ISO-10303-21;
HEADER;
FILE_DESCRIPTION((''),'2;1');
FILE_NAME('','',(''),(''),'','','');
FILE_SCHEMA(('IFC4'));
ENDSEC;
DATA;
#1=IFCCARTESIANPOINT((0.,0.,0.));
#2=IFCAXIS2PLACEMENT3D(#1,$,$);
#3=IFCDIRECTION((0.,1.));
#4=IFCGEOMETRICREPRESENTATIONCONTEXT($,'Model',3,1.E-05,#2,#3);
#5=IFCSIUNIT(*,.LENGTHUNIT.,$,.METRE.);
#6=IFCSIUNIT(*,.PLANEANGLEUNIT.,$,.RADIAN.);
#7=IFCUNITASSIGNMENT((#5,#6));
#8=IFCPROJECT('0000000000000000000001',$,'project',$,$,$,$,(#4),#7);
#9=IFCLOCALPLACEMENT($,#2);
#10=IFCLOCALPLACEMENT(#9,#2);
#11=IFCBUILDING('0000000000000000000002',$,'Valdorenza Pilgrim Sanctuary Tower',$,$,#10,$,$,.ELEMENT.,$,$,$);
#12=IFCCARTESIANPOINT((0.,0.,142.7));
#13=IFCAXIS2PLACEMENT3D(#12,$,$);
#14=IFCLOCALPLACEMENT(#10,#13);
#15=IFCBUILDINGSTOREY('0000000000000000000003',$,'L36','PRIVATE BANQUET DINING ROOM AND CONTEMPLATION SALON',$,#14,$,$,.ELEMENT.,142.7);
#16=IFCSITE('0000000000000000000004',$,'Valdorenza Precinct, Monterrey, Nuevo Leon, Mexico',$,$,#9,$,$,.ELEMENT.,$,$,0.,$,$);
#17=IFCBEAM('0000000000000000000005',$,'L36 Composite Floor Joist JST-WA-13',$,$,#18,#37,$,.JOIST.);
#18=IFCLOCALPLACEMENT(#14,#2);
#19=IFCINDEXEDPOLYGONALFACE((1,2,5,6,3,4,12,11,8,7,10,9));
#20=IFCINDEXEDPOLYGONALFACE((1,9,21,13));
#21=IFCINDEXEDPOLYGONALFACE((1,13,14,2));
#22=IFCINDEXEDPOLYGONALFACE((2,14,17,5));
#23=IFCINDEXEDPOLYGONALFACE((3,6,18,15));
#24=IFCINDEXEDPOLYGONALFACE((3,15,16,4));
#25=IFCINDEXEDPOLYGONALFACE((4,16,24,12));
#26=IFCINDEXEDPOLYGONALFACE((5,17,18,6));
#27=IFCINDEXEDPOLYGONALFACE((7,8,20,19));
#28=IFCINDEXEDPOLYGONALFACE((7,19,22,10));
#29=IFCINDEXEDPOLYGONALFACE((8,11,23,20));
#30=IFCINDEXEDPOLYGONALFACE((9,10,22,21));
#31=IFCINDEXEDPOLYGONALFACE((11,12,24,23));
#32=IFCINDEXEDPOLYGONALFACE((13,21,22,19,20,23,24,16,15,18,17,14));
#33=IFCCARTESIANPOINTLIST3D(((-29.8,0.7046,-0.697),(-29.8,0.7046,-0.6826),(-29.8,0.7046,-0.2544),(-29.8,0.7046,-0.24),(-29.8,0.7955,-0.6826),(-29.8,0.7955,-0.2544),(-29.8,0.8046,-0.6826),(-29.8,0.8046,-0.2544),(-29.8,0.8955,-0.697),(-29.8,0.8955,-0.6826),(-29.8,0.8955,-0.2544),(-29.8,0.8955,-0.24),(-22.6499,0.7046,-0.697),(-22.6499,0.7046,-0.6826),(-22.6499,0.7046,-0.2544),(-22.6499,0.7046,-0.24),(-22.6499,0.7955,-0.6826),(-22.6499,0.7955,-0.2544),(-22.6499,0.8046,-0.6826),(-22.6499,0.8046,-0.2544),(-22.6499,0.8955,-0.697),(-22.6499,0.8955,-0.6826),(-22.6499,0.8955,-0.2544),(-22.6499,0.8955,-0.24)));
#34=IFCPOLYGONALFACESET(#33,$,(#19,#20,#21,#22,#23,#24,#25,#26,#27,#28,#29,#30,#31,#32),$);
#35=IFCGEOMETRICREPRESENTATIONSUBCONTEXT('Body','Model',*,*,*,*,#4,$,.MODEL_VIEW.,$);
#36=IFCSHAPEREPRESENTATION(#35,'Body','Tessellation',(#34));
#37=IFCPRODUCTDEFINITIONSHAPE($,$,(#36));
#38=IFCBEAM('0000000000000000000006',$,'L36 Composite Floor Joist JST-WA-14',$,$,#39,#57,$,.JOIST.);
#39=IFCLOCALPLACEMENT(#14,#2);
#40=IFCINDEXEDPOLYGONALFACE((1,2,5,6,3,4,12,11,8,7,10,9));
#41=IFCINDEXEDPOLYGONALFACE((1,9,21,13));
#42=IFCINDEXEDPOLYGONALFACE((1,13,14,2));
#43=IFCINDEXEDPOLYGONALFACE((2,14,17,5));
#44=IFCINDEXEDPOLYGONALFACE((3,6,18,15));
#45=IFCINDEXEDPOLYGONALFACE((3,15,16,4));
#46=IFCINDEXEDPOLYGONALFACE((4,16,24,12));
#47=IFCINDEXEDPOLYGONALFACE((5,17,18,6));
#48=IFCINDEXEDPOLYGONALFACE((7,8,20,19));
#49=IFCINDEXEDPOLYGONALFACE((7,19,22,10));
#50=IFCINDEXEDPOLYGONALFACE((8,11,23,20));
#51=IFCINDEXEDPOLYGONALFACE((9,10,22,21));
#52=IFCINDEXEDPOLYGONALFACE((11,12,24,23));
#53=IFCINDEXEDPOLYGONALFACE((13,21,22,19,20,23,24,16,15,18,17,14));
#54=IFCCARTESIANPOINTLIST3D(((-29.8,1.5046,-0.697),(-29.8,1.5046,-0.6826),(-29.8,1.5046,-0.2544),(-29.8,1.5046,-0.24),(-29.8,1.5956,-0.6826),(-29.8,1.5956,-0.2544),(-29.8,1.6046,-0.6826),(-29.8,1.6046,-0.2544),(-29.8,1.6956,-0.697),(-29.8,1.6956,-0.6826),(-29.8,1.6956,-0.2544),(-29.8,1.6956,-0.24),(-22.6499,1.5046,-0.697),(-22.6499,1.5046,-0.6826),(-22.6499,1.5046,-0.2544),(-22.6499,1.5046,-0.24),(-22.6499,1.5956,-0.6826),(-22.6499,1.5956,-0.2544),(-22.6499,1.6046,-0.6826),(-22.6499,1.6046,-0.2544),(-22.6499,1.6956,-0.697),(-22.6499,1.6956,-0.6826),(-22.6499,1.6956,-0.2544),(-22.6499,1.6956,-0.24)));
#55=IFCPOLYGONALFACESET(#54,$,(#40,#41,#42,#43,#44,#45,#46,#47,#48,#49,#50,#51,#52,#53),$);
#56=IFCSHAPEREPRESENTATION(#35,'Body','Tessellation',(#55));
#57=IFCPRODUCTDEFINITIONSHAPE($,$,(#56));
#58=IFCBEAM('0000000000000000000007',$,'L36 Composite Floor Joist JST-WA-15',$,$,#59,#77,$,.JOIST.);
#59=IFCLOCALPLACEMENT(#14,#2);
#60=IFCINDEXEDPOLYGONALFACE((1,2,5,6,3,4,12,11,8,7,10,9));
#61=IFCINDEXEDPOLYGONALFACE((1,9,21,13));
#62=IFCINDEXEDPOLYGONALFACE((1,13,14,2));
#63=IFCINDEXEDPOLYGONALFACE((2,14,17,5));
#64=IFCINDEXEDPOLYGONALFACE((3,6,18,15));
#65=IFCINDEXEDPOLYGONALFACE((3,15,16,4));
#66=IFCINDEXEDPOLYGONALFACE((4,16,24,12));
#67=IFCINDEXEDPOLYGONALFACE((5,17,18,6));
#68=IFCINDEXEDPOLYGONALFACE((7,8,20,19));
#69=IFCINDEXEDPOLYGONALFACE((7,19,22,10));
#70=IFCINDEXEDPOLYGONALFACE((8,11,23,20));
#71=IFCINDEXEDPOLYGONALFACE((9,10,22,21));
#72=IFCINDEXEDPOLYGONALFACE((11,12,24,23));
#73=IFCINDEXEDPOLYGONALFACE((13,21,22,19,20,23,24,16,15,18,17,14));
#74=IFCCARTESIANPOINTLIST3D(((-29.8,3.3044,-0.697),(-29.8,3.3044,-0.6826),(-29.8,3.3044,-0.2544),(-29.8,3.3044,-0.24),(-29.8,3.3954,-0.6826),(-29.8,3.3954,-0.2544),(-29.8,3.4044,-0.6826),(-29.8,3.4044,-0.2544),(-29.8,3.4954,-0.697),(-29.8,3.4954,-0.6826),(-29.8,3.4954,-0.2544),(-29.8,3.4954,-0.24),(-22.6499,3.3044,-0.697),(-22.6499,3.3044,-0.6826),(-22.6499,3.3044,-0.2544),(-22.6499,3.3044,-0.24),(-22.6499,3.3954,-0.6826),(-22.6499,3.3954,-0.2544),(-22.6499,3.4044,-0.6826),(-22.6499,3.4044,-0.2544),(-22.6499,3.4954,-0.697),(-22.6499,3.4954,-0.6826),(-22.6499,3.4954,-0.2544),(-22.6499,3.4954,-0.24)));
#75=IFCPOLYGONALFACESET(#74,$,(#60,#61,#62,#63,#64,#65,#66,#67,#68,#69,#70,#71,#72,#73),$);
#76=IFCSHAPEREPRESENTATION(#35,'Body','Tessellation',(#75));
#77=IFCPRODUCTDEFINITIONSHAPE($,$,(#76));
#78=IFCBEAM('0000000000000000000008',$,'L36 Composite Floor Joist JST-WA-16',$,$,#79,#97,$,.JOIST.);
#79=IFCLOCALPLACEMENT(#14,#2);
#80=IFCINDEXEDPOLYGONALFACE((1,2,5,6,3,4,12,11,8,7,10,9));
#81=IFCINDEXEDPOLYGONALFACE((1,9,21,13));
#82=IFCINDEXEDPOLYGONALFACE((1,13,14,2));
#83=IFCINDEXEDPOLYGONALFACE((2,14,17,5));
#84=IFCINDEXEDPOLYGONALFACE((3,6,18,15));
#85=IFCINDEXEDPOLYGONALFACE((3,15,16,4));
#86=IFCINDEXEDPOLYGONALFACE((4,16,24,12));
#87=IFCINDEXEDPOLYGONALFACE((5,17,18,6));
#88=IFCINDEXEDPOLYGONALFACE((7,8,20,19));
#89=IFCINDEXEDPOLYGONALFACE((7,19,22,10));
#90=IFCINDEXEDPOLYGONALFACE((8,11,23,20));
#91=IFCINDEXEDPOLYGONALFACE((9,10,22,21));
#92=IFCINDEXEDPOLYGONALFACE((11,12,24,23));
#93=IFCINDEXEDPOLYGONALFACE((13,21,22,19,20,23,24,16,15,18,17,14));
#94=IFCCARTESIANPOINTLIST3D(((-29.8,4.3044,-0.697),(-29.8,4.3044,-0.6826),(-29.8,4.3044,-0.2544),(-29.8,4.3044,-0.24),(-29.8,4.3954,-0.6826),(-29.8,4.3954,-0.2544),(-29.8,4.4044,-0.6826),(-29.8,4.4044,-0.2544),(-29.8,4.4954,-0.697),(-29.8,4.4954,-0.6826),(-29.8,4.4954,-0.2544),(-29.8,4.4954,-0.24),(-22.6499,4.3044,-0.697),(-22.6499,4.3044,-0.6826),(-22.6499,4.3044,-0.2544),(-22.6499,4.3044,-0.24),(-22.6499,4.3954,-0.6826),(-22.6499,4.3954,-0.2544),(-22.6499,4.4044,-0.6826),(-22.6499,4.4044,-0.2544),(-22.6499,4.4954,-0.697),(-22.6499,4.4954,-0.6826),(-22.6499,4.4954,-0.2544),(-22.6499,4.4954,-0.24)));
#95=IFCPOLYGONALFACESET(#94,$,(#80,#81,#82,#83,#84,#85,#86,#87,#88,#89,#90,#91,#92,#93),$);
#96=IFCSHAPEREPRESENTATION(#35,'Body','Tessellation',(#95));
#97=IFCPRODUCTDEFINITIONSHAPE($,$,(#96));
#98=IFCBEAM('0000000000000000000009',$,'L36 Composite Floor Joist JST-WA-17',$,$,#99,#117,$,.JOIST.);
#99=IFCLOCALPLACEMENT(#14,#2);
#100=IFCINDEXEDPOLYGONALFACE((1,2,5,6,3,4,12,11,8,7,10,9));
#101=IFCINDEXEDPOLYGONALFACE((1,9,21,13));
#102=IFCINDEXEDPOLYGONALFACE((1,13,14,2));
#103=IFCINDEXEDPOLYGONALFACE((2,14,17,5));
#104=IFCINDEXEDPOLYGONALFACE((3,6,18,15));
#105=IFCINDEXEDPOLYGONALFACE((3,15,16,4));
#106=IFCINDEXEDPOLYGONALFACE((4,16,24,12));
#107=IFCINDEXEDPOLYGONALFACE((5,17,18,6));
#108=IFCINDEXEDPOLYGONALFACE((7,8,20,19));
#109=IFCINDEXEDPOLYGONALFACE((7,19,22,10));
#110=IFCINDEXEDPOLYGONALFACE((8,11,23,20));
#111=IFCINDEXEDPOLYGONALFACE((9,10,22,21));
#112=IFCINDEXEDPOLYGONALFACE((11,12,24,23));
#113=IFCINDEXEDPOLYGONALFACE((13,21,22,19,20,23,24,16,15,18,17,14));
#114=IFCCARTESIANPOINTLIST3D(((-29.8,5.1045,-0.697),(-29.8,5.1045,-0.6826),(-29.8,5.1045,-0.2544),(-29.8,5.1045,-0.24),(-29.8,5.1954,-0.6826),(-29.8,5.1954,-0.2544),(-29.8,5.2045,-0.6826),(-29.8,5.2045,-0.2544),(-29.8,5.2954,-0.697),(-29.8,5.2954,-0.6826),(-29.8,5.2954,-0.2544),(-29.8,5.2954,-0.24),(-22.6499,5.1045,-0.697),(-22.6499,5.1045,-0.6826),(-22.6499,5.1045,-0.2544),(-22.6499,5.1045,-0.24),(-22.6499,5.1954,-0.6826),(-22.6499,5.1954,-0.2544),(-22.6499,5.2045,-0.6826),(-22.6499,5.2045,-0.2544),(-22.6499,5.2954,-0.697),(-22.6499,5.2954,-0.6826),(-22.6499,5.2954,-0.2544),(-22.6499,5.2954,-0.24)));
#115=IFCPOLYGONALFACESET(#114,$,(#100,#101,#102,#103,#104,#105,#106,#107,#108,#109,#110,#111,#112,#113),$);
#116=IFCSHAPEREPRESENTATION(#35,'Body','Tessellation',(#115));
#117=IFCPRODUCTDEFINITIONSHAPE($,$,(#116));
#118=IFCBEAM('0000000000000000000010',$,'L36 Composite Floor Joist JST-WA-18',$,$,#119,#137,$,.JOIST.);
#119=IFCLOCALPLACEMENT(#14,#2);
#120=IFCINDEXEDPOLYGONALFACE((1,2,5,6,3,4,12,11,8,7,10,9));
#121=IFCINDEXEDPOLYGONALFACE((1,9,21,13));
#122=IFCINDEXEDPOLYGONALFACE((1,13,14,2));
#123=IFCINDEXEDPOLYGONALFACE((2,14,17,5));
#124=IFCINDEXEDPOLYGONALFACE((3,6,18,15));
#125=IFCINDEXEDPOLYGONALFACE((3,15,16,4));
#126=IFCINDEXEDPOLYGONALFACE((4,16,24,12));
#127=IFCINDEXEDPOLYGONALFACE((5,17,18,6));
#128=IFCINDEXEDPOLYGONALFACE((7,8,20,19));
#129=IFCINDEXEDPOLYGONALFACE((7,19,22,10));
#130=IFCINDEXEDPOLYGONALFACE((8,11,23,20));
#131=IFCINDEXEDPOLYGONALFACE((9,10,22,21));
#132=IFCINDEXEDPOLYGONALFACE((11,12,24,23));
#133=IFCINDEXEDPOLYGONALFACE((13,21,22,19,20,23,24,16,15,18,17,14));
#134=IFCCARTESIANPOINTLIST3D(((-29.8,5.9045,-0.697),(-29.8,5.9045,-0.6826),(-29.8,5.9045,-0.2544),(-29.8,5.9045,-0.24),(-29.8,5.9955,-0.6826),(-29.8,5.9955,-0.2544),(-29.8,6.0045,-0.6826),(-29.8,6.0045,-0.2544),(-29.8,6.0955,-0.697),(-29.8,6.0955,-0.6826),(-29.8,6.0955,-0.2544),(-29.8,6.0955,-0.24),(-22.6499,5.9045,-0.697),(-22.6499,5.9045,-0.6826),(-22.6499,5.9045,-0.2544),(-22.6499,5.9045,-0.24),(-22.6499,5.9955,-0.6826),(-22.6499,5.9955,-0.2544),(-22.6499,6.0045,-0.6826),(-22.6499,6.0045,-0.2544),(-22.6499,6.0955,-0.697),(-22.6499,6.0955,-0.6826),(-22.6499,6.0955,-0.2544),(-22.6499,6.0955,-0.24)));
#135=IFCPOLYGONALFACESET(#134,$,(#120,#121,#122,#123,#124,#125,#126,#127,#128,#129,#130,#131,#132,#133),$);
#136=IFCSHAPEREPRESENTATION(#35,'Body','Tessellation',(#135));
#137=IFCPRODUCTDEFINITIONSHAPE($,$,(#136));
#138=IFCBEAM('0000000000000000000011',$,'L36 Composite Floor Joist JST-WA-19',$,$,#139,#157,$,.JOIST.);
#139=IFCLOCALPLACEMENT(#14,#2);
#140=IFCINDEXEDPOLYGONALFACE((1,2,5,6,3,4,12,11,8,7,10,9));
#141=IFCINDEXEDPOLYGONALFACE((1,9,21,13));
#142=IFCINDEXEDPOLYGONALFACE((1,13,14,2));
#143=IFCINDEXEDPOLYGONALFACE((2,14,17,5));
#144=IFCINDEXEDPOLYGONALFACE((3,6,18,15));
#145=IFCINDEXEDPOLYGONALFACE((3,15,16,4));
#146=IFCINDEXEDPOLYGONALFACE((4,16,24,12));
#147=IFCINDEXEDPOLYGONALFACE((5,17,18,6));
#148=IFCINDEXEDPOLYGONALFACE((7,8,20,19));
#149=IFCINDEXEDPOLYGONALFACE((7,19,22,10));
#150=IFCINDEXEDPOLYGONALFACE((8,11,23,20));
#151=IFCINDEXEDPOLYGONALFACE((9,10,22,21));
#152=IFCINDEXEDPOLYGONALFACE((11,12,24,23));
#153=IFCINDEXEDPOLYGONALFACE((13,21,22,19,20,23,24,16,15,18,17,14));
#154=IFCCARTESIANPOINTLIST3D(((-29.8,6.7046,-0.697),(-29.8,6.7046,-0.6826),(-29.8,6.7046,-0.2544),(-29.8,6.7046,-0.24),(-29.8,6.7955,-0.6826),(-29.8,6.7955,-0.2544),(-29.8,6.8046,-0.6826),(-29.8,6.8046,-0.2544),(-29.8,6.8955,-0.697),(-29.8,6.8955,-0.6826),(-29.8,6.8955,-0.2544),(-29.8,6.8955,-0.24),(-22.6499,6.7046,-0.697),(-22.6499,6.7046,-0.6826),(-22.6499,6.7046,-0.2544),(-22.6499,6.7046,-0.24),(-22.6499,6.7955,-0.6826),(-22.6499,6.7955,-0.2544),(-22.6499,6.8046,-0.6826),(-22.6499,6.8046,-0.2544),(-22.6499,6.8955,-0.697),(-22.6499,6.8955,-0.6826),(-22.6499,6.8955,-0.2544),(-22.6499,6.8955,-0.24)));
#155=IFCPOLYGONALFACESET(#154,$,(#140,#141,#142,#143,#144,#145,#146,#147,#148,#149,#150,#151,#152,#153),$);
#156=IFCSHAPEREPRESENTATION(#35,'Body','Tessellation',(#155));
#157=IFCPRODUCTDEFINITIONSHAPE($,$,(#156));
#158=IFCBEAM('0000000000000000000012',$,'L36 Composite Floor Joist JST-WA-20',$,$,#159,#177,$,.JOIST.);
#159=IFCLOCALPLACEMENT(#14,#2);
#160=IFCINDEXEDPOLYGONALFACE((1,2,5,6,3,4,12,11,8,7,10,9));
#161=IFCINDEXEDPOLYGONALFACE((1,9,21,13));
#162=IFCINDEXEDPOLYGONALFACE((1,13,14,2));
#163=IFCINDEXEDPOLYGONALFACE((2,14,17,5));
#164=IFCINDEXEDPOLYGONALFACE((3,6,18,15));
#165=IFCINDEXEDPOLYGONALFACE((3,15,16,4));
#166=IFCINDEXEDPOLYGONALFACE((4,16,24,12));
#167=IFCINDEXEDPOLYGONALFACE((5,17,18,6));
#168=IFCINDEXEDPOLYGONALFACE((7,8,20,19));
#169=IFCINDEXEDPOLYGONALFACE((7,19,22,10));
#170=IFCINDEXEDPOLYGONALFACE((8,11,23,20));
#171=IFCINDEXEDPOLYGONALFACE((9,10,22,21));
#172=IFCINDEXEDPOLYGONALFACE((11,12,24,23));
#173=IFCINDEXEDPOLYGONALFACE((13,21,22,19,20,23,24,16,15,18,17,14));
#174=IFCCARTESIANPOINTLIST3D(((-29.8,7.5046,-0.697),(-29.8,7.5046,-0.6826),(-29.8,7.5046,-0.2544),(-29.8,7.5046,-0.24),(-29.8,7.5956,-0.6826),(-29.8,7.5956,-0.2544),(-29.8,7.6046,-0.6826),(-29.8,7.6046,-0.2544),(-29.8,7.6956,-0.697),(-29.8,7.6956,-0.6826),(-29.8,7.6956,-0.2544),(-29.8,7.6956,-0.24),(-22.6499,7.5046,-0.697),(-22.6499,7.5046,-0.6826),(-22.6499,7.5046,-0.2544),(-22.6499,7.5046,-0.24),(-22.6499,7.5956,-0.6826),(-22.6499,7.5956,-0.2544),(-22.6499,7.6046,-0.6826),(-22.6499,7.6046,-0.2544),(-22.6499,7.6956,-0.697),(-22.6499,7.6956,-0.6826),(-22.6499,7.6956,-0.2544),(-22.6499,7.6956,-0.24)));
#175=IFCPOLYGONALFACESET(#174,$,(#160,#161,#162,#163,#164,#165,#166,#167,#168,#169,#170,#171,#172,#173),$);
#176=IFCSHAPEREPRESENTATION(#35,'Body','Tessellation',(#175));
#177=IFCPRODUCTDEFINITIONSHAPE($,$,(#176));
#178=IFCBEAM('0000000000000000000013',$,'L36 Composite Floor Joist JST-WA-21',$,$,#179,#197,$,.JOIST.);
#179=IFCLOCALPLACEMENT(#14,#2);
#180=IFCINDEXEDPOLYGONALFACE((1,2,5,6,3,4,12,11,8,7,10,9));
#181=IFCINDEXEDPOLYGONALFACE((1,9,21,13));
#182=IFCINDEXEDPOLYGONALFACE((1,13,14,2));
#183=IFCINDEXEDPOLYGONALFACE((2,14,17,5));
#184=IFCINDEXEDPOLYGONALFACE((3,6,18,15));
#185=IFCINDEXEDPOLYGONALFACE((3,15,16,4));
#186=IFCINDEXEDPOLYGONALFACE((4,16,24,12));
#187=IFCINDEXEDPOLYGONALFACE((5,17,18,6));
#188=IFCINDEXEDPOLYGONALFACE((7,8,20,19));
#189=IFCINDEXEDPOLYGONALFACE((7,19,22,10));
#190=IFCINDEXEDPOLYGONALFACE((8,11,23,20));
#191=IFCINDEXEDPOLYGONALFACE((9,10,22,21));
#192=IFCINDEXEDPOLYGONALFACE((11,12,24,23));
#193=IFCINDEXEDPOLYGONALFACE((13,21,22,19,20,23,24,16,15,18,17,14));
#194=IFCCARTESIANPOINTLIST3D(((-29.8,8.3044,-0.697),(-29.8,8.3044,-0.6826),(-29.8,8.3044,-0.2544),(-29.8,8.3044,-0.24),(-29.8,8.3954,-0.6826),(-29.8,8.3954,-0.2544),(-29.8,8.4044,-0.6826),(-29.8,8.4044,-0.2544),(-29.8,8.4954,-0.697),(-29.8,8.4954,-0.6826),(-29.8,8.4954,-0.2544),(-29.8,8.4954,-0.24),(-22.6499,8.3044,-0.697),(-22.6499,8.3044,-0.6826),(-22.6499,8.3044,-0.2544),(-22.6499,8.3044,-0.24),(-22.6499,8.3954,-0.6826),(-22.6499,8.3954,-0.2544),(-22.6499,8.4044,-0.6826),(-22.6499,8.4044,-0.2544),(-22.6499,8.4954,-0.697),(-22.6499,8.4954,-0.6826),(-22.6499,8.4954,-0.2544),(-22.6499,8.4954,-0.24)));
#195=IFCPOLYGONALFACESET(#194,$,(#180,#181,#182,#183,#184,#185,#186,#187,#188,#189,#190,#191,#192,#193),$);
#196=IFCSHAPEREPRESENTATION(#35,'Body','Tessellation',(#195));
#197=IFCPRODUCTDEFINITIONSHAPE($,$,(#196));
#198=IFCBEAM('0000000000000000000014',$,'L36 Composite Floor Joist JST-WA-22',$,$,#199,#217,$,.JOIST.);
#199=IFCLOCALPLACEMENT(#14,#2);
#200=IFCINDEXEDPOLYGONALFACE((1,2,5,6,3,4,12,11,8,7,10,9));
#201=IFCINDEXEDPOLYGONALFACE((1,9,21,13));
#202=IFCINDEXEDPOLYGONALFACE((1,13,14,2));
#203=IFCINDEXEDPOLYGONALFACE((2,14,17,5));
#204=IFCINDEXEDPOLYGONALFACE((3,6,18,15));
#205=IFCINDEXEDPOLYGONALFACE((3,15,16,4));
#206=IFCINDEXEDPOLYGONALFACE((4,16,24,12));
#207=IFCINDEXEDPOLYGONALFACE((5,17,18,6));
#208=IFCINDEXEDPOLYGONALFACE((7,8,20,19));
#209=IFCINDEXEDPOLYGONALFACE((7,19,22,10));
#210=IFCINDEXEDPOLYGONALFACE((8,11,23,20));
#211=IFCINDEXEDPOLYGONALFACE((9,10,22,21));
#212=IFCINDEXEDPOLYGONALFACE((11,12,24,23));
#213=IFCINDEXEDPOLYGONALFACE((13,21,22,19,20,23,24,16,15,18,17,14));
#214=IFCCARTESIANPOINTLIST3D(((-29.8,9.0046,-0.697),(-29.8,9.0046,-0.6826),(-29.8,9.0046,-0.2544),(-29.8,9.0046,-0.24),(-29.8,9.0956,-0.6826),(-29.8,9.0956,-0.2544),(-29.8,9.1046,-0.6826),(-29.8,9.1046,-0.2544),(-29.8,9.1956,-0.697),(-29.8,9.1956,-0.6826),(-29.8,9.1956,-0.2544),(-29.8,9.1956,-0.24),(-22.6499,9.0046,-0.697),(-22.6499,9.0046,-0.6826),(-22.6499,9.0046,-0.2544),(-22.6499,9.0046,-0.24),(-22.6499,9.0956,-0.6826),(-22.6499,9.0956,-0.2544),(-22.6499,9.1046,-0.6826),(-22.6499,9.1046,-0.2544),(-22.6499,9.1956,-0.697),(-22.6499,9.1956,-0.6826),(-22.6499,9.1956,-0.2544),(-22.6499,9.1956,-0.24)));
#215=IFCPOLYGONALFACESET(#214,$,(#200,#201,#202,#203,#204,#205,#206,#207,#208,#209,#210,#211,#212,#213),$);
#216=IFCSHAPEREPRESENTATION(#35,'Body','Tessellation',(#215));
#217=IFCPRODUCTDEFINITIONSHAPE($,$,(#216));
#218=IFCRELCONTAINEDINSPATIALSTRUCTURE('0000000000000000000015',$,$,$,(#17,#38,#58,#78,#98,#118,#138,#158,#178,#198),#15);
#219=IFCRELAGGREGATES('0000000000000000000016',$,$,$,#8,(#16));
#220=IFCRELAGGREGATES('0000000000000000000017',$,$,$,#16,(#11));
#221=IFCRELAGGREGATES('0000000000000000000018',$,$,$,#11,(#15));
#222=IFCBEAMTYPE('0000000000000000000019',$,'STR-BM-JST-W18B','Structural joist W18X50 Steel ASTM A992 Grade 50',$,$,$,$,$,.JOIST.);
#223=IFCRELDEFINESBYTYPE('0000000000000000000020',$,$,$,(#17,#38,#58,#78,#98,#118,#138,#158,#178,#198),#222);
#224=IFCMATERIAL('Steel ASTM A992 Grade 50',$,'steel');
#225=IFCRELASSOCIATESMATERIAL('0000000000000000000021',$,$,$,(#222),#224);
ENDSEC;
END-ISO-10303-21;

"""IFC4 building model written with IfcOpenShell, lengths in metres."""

from ifc_helpers import new_model, si_unit, direction, frame, origin, origin_2d, place, context, subcontext, project, spatial, i_section, extrude, source, transform, mapped, material, material_profile, profile_set, type_object, element, save


model = new_model("IFC4")

# Units and contexts
model_context = context("Model", 3, precision=1e-05, world=origin(), true_north=direction((0.0, 1.0)))
body_context = subcontext(model_context, "Body", "Model", "MODEL_VIEW")
ifc_project = project(units=[si_unit("LENGTHUNIT", "METRE"), si_unit("PLANEANGLEUNIT", "RADIAN")], contexts=[model_context])

# Site, building, storey
site_placement = place(None, origin())
site = spatial("IfcSite", under=ifc_project, at=site_placement, Name="Valdorenza Precinct, Monterrey, Nuevo Leon, Mexico", CompositionType="ELEMENT", RefElevation=0.0)
building_placement = place(site_placement, origin())
building = spatial("IfcBuilding", under=site, at=building_placement, Name="Valdorenza Pilgrim Sanctuary Tower", CompositionType="ELEMENT")
storey_placement = place(building_placement, frame((0.0, 0.0, 142.7)))
storey = spatial("IfcBuildingStorey", under=building, at=storey_placement, Name="L36", Description="PRIVATE BANQUET DINING ROOM AND CONTEMPLATION SALON", CompositionType="ELEMENT", Elevation=142.7)

# Beams
ifc_material_1 = material(Name="Steel ASTM A992 Grade 50", Category="steel")
ifc_material_profile_1 = material_profile(ifc_material_1, i_section(OverallWidth=0.1909, OverallDepth=0.457, WebThickness=0.009, FlangeThickness=0.0144, at=origin_2d()), Name="W18X50")
ifc_profile_set_1 = profile_set([ifc_material_profile_1], Name="Steel ASTM A992 Grade 50")
beam_type = type_object("IfcBeamType", Name="STR-BM-JST-W18B", Description="Structural joist W18X50 Steel ASTM A992 Grade 50", PredefinedType="JOIST", material=ifc_profile_set_1)
shared_shape_1 = source(origin(), body_context, "Body", "SweptSolid", [
    extrude(i_section(OverallWidth=0.1909, OverallDepth=0.457, WebThickness=0.009, FlangeThickness=0.0144, at=origin_2d()), origin(), (0.0, 0.0, 1.0), 7.1501),
])
for number, where, z_axis, x_axis, name in (
    (1, (-29.8, 0.8, -0.4685), (1.0, 0.0, 0.0), (0.0, 1.0, 0.0), "L36 Composite Floor Joist JST-WA-13"),
    (2, (-29.8, 1.6001, -0.4685), (1.0, 0.0, 0.0), (0.0, 1.0, 0.0), "L36 Composite Floor Joist JST-WA-14"),
    (3, (-29.8, 3.3999, -0.4685), (1.0, 0.0, 0.0), (0.0, 1.0, 0.0), "L36 Composite Floor Joist JST-WA-15"),
    (4, (-29.8, 4.3999, -0.4685), (1.0, 0.0, 0.0), (0.0, 1.0, 0.0), "L36 Composite Floor Joist JST-WA-16"),
    (5, (-29.8, 5.2, -0.4685), (1.0, 0.0, 0.0), (0.0, 1.0, 0.0), "L36 Composite Floor Joist JST-WA-17"),
    (6, (-29.8, 6.0, -0.4685), (1.0, 0.0, 0.0), (0.0, 1.0, 0.0), "L36 Composite Floor Joist JST-WA-18"),
    (7, (-29.8, 6.8, -0.4685), (1.0, 0.0, 0.0), (0.0, 1.0, 0.0), "L36 Composite Floor Joist JST-WA-19"),
    (8, (-29.8, 7.6001, -0.4685), (1.0, 0.0, 0.0), (0.0, 1.0, 0.0), "L36 Composite Floor Joist JST-WA-20"),
    (9, (-29.8, 8.3999, -0.4685), (1.0, 0.0, 0.0), (0.0, 1.0, 0.0), "L36 Composite Floor Joist JST-WA-21"),
    (10, (-29.8, 9.1001, -0.4685), (1.0, 0.0, 0.0), (0.0, 1.0, 0.0), "L36 Composite Floor Joist JST-WA-22"),
):
    element("IfcBeam", number, at=place(storey_placement, frame(where, z_axis=z_axis, x_axis=x_axis)), inside=storey, type_object=beam_type, Name=name, PredefinedType="JOIST", context=body_context, shape_type="MappedRepresentation", body=[
        mapped(shared_shape_1, transform((0.0, 0.0, 0.0), x_axis=(1.0, 0.0, 0.0), y_axis=(0.0, 1.0, 0.0), z_axis=(0.0, 0.0, 1.0), scale=1.0)),
    ])

save(model, "model.ifc")
